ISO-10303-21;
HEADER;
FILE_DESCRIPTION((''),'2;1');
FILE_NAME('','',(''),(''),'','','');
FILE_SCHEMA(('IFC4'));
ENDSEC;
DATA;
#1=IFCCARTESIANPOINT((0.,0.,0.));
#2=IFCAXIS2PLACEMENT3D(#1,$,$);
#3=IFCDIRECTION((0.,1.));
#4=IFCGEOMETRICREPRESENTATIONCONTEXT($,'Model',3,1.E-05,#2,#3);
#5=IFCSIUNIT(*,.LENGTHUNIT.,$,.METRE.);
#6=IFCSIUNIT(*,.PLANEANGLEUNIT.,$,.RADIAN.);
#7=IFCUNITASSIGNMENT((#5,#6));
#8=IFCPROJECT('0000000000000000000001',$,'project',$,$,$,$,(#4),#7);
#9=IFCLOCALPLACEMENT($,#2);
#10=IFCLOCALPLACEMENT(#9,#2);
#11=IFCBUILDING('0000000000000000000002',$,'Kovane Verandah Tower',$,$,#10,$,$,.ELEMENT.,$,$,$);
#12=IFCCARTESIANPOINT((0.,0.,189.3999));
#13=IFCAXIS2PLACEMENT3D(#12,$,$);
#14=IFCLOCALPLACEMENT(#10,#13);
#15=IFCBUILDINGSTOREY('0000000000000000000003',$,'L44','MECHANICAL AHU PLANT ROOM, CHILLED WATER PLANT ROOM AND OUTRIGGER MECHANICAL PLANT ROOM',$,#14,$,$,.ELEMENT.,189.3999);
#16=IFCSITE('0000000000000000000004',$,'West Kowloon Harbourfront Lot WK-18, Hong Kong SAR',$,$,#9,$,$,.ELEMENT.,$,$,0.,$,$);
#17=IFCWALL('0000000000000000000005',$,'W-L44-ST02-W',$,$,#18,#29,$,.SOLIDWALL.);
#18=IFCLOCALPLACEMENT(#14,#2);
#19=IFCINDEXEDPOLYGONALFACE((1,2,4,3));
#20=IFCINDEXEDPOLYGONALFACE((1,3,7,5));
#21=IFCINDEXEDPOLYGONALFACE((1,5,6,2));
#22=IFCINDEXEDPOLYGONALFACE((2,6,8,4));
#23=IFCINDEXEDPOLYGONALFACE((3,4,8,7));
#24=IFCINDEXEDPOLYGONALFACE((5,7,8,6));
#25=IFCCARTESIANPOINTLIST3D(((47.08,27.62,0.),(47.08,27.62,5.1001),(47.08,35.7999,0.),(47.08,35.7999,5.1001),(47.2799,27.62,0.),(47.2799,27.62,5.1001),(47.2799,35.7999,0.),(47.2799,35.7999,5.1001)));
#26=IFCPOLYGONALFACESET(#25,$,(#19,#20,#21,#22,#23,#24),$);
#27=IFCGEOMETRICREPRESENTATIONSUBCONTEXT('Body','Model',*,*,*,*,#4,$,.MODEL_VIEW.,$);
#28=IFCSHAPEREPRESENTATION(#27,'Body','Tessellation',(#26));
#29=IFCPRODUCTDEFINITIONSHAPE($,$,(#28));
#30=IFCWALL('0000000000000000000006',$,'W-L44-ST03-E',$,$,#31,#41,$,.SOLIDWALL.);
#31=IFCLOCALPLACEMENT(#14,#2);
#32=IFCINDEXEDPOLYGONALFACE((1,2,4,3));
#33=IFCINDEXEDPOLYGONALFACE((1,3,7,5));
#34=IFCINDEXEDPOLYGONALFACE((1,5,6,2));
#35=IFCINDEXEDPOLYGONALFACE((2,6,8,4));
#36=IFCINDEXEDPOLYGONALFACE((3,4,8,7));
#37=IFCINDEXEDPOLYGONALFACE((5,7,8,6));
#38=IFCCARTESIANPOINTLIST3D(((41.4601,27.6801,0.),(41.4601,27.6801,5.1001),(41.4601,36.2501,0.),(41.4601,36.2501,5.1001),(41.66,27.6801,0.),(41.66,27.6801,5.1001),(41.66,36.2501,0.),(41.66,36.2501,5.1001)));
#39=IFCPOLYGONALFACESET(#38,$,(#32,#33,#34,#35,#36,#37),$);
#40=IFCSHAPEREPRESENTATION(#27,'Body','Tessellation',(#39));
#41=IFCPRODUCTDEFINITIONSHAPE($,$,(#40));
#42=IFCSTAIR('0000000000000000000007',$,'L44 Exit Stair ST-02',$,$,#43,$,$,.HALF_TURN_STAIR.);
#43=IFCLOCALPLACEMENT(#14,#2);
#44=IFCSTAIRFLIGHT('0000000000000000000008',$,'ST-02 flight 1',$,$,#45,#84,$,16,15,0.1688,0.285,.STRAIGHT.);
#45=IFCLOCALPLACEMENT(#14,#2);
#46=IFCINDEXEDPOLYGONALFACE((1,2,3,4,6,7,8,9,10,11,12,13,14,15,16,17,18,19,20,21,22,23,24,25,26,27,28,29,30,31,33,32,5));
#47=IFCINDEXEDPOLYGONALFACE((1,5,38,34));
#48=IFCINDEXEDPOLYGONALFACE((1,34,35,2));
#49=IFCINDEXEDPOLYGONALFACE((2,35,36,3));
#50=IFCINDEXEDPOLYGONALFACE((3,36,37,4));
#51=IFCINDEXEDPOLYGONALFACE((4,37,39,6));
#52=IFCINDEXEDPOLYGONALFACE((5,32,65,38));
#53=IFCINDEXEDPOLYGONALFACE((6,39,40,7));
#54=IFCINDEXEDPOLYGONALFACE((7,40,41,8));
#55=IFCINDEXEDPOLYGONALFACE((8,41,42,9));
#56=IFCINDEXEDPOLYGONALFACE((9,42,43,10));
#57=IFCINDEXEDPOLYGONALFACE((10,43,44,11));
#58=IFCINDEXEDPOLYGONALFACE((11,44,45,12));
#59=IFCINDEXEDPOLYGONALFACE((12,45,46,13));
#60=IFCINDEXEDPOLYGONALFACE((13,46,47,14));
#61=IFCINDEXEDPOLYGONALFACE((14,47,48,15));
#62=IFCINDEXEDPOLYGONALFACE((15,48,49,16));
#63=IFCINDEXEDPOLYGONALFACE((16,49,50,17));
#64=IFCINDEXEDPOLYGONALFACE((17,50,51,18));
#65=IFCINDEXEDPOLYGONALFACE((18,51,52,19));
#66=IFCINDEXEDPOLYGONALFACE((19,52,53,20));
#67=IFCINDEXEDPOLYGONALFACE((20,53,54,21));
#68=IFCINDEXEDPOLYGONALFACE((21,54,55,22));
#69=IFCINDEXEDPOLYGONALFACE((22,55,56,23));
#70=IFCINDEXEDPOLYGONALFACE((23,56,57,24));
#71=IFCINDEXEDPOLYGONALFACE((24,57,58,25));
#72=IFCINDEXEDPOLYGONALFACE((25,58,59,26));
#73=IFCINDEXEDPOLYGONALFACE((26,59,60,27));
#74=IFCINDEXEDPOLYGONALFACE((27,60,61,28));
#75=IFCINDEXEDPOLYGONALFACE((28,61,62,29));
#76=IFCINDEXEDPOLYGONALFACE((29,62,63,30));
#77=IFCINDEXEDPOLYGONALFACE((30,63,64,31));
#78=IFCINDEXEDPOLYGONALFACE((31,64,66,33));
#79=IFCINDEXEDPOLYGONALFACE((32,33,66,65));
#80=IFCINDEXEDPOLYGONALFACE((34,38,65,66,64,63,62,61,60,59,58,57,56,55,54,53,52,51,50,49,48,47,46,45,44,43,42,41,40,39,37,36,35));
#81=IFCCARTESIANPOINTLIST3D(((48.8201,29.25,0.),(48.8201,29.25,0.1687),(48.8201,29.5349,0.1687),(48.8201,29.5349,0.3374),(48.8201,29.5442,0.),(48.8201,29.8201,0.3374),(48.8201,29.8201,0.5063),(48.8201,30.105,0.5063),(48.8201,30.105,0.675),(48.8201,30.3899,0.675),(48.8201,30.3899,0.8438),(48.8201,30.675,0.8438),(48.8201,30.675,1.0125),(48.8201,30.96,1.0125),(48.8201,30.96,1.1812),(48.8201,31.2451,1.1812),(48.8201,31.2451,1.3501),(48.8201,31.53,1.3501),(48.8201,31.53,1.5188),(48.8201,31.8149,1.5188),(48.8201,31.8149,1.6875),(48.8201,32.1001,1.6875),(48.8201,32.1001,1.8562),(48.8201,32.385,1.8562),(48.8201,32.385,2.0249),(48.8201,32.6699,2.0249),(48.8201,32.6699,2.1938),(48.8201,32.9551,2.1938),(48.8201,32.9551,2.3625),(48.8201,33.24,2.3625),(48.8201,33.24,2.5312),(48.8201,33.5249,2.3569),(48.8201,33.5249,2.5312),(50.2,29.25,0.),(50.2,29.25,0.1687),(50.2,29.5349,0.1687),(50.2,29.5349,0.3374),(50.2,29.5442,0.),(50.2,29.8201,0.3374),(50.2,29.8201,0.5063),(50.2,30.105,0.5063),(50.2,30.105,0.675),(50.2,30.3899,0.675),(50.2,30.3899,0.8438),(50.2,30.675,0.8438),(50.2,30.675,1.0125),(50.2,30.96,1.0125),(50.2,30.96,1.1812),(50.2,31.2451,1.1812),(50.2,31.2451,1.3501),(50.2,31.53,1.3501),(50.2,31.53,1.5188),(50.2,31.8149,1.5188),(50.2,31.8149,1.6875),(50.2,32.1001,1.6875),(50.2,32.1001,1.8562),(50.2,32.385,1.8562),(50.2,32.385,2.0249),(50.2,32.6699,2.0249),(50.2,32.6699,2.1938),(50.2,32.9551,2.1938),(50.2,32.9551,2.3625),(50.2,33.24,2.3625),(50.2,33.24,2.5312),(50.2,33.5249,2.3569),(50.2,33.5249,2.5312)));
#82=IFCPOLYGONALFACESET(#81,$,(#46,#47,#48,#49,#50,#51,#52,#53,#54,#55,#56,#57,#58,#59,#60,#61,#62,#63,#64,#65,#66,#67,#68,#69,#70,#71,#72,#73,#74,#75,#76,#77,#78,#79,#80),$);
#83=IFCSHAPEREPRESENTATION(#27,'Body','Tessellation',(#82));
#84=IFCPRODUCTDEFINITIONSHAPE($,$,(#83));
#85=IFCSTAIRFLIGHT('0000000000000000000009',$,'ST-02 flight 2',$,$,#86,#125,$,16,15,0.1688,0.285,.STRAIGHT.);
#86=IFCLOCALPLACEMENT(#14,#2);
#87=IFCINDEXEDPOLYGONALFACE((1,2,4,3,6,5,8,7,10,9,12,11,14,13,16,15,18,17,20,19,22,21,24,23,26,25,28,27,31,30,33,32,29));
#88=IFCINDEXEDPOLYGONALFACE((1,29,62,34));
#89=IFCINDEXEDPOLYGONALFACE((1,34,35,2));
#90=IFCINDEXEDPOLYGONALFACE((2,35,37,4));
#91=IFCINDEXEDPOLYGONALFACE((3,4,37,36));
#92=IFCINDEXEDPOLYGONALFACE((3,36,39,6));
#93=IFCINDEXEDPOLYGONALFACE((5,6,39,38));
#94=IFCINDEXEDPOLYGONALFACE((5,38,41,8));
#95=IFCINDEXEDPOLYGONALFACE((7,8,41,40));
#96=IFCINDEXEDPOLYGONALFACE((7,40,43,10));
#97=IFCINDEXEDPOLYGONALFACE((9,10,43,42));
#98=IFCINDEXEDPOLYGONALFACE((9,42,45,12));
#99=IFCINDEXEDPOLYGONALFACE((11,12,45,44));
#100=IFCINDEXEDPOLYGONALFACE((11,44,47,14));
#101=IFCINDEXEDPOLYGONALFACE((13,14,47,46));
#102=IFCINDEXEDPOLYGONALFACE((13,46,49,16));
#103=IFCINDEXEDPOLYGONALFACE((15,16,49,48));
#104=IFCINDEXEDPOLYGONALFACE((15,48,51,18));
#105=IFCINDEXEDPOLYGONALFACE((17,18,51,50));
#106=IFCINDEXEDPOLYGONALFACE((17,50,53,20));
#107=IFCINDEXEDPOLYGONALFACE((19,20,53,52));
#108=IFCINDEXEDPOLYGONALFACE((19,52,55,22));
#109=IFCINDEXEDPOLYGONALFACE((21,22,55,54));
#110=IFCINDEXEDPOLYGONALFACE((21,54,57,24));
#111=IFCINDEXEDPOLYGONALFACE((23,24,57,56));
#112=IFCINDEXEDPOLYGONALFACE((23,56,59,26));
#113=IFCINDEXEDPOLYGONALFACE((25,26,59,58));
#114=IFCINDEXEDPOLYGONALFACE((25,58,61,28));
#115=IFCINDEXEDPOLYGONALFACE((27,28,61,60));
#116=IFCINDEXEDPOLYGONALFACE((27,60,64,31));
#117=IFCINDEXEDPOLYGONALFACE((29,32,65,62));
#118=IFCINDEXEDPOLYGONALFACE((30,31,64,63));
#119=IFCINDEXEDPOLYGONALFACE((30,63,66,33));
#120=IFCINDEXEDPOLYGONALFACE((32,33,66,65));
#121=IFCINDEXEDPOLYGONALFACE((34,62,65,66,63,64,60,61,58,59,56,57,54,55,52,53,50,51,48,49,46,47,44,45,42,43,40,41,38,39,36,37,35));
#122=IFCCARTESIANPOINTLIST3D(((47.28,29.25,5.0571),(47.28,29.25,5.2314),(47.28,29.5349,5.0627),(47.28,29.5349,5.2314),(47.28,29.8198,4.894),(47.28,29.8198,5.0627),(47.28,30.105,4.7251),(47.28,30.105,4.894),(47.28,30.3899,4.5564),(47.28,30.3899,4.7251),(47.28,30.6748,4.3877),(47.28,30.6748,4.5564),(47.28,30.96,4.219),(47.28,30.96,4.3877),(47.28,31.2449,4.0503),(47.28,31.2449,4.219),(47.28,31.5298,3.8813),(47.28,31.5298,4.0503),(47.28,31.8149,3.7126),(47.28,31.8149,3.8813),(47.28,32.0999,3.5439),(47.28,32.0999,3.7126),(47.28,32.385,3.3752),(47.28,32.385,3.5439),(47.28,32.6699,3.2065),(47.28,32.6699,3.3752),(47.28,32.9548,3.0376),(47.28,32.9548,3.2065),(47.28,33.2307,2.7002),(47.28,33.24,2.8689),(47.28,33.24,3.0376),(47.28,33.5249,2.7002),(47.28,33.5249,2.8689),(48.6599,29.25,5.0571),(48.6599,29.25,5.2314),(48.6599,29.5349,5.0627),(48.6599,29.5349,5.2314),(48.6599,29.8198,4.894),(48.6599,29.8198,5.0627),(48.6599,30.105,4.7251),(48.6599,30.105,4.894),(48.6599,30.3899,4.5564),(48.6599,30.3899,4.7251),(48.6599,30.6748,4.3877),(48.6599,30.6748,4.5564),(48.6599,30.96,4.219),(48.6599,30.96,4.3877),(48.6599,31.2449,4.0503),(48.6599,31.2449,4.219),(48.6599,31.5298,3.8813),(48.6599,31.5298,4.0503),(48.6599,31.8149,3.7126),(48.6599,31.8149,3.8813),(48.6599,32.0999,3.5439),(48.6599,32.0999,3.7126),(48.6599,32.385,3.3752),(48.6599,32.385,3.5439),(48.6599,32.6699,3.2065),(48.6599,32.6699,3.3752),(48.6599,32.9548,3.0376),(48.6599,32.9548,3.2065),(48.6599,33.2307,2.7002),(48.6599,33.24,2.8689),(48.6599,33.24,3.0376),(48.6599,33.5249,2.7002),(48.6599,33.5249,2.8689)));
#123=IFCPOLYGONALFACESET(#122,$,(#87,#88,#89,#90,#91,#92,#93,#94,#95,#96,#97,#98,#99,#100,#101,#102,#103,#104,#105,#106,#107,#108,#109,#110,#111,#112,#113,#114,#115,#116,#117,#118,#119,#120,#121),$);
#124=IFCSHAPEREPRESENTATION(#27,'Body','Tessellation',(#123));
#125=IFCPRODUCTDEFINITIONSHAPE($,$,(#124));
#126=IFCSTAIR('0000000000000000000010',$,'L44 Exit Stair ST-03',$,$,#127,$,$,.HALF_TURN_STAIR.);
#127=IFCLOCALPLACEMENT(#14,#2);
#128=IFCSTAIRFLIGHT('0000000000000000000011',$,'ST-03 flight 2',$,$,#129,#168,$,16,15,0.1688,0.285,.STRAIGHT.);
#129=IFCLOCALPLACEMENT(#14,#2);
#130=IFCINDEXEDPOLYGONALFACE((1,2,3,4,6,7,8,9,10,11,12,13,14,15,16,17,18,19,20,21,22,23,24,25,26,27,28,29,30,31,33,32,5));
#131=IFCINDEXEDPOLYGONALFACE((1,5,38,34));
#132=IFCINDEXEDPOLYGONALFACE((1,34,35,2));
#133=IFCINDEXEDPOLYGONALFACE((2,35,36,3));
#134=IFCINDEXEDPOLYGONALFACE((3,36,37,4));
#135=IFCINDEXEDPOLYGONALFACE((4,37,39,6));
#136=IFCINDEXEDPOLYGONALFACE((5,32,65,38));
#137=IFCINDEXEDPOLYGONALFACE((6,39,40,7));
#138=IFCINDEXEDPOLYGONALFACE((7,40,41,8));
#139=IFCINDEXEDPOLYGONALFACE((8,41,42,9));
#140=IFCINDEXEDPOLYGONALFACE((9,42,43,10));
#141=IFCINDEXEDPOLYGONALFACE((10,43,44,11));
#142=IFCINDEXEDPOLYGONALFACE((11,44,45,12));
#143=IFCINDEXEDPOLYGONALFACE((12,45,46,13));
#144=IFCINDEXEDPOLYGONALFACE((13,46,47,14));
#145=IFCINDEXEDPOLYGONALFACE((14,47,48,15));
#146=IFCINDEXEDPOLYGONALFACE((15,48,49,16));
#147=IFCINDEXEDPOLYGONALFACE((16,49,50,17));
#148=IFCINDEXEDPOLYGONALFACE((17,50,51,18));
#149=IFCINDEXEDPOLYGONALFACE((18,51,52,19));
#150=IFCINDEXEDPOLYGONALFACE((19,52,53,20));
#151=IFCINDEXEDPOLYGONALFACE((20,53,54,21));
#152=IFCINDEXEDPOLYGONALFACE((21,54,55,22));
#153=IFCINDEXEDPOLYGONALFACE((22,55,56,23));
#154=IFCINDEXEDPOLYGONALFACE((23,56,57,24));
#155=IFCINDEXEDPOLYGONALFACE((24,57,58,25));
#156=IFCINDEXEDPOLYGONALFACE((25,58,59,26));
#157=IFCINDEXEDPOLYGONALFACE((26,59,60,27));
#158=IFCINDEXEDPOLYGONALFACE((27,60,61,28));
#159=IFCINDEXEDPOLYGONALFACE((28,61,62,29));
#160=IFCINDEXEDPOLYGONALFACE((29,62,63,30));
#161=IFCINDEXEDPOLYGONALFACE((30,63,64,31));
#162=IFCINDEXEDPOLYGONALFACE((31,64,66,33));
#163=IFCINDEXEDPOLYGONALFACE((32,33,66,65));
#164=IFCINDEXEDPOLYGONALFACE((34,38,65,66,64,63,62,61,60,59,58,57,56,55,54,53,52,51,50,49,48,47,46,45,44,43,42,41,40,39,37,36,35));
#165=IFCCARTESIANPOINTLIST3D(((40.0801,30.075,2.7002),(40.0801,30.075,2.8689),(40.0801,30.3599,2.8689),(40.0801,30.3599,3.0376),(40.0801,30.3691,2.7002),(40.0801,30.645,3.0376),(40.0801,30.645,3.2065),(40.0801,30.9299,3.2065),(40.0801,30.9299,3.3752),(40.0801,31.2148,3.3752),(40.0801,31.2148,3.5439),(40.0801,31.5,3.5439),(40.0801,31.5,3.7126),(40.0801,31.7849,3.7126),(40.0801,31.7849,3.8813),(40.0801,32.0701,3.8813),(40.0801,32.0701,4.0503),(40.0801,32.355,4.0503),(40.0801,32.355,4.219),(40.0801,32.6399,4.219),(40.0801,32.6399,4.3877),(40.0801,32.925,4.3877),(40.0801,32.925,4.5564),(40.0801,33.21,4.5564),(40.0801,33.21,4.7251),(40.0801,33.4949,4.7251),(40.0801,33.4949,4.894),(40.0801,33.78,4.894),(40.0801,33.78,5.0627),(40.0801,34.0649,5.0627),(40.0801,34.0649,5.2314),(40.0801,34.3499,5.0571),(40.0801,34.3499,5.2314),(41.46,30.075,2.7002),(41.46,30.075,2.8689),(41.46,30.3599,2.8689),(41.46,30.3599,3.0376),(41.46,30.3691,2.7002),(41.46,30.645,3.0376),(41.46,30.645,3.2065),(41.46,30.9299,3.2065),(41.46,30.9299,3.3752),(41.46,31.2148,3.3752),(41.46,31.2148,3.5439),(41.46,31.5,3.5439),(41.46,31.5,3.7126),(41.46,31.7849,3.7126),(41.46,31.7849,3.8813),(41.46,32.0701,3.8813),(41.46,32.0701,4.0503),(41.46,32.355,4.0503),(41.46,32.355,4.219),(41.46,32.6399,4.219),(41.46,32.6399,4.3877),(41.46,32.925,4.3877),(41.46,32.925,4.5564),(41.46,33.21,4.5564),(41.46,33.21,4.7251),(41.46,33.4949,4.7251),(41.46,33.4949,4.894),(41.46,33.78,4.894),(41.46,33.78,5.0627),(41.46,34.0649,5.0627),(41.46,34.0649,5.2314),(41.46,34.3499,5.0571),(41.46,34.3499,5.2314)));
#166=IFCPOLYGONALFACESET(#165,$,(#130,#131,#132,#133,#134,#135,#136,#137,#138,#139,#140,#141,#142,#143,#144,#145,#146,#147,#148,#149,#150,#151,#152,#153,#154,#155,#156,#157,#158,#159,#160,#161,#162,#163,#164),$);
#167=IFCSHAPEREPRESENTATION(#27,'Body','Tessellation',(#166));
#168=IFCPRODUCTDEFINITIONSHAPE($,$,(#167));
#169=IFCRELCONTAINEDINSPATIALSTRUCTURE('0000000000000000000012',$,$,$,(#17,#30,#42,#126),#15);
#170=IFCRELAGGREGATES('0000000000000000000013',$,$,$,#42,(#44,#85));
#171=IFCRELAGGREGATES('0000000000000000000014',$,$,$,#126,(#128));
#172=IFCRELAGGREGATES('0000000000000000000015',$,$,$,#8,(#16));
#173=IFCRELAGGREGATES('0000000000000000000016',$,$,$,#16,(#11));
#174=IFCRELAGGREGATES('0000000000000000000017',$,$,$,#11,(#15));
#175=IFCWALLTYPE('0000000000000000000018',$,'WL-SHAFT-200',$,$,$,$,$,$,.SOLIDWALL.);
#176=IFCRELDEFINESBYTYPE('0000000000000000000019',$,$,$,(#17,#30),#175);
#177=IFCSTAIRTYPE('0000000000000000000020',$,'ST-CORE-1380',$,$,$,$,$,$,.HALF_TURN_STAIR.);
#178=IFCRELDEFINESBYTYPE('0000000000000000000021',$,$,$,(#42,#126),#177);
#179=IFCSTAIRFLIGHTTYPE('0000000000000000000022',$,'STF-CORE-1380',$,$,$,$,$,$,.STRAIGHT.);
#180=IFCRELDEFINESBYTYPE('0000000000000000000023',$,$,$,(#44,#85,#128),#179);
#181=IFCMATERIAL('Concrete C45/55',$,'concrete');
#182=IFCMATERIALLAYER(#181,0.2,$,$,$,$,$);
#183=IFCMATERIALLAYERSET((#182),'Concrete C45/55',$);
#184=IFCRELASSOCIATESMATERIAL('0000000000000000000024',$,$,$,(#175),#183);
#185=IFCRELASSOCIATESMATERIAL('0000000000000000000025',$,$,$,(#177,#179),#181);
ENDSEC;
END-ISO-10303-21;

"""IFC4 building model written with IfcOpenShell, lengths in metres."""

from ifc_helpers import new_model, si_unit, direction, frame, frame_2d, origin, place, context, subcontext, project, spatial, polyline, rectangle, outline, extrude, material, layer, layer_set, type_object, element, aggregate, save


model = new_model("IFC4")

# Units and contexts
model_context = context("Model", 3, precision=1e-05, world=origin(), true_north=direction((0.0, 1.0)))
body_context = subcontext(model_context, "Body", "Model", "MODEL_VIEW")
ifc_project = project(units=[si_unit("LENGTHUNIT", "METRE"), si_unit("PLANEANGLEUNIT", "RADIAN")], contexts=[model_context])

# Site, building, storey
site_placement = place(None, origin())
site = spatial("IfcSite", under=ifc_project, at=site_placement, Name="West Kowloon Harbourfront Lot WK-18, Hong Kong SAR", CompositionType="ELEMENT", RefElevation=0.0)
building_placement = place(site_placement, origin())
building = spatial("IfcBuilding", under=site, at=building_placement, Name="Kovane Verandah Tower", CompositionType="ELEMENT")
storey_placement = place(building_placement, frame((0.0, 0.0, 189.3999)))
storey = spatial("IfcBuildingStorey", under=building, at=storey_placement, Name="L44", Description="MECHANICAL AHU PLANT ROOM, CHILLED WATER PLANT ROOM AND OUTRIGGER MECHANICAL PLANT ROOM", CompositionType="ELEMENT", Elevation=189.3999)

# Wall
ifc_material_1 = material(Name="Concrete C45/55", Category="concrete")
ifc_layer_1 = layer(ifc_material_1, 0.2)
ifc_layer_set_1 = layer_set([ifc_layer_1], Name="Concrete C45/55")
wall_type_1 = type_object("IfcWallType", Name="WL-SHAFT-200", PredefinedType="SOLIDWALL", material=ifc_layer_set_1)
wall_1_placement = place(storey_placement, frame((47.1799, 27.6201, 0.0), z_axis=(0.0, 0.0, 1.0), x_axis=(0.0, 1.0, 0.0)))
element("IfcWall", 1, at=wall_1_placement, inside=storey, type_object=wall_type_1, Name="W-L44-ST02-W", PredefinedType="SOLIDWALL", context=body_context, shape_type="SweptSolid", body=[
    extrude(rectangle(XDim=8.1799, YDim=0.2, at=frame_2d((4.0898, 0.0))), origin(), (0.0, 0.0, 1.0), 5.1001),
])

# Wall
wall_2_placement = place(storey_placement, frame((41.5601, 27.6799, 0.0), z_axis=(0.0, 0.0, 1.0), x_axis=(0.0, 1.0, 0.0)))
element("IfcWall", 2, at=wall_2_placement, inside=storey, type_object=wall_type_1, Name="W-L44-ST03-E", PredefinedType="SOLIDWALL", context=body_context, shape_type="SweptSolid", body=[
    extrude(rectangle(XDim=8.5701, YDim=0.2, at=frame_2d((4.2852, 0.0))), origin(), (0.0, 0.0, 1.0), 5.1001),
])

# Stair, stair flights
stair_type = type_object("IfcStairType", Name="ST-CORE-1380", PredefinedType="HALF_TURN_STAIR", material=ifc_material_1)
stair_1_placement = place(storey_placement, origin())
stair_1 = element("IfcStair", 3, at=stair_1_placement, inside=storey, type_object=stair_type, Name="L44 Exit Stair ST-02", PredefinedType="HALF_TURN_STAIR")
stair_flight_type = type_object("IfcStairFlightType", Name="STF-CORE-1380", PredefinedType="STRAIGHT", material=ifc_material_1)
stair_flight_1_placement = place(storey_placement, frame((49.51, 29.25, 0.0), z_axis=(0.0, 0.0, 1.0), x_axis=(0.0, 1.0, 0.0)))
stair_flight_1 = element("IfcStairFlight", 4, at=stair_flight_1_placement, type_object=stair_flight_type, Name="ST-02 flight 1", NumberOfRisers=16, NumberOfTreads=15, PredefinedType="STRAIGHT", RiserHeight=0.1688, TreadLength=0.285, context=body_context, shape_type="SweptSolid", body=[
    extrude(outline(polyline([(0.0, 0.0), (0.0, 0.1687), (0.2849, 0.1687), (0.2849, 0.3374), (0.5701, 0.3374), (0.5701, 0.5063), (0.855, 0.5063), (0.855, 0.675), (1.1399, 0.675), (1.1399, 0.8438), (1.425, 0.8438), (1.425, 1.0125), (1.71, 1.0125), (1.71, 1.1812), (1.9951, 1.1812), (1.9951, 1.3501), (2.28, 1.3501), (2.28, 1.5188), (2.5649, 1.5188), (2.5649, 1.6875), (2.8501, 1.6875), (2.8501, 1.8562), (3.135, 1.8562), (3.135, 2.0249), (3.4199, 2.0249), (3.4199, 2.1938), (3.7051, 2.1938), (3.7051, 2.3625), (3.99, 2.3625), (3.99, 2.5312), (4.2749, 2.5312), (4.2749, 2.7), (4.2749, 2.3569), (0.2942, 0.0), (0.0, 0.0)])), frame((0.0, 0.6899, 0.0), z_axis=(0.0, -1.0, 0.0), x_axis=(1.0, 0.0, 0.0)), (0.0, 0.0, 1.0), 1.3799),
])
stair_flight_2_placement = place(storey_placement, frame((47.97, 33.5249, 2.7002), z_axis=(0.0, 0.0, 1.0), x_axis=(0.0, -1.0, 0.0)))
stair_flight_2 = element("IfcStairFlight", 5, at=stair_flight_2_placement, type_object=stair_flight_type, Name="ST-02 flight 2", NumberOfRisers=16, NumberOfTreads=15, PredefinedType="STRAIGHT", RiserHeight=0.1688, TreadLength=0.285, context=body_context, shape_type="SweptSolid", body=[
    extrude(outline(polyline([(0.0, 0.0), (0.0, 0.1687), (0.2849, 0.1687), (0.2849, 0.3374), (0.5701, 0.3374), (0.5701, 0.5063), (0.855, 0.5063), (0.855, 0.675), (1.1399, 0.675), (1.1399, 0.8438), (1.425, 0.8438), (1.425, 1.0125), (1.71, 1.0125), (1.71, 1.1812), (1.9951, 1.1812), (1.9951, 1.3501), (2.28, 1.3501), (2.28, 1.5188), (2.5649, 1.5188), (2.5649, 1.6875), (2.8501, 1.6875), (2.8501, 1.8562), (3.135, 1.8562), (3.135, 2.0249), (3.4199, 2.0249), (3.4199, 2.1938), (3.7051, 2.1938), (3.7051, 2.3625), (3.99, 2.3625), (3.99, 2.5312), (4.2749, 2.5312), (4.2749, 2.7), (4.2749, 2.3569), (0.2942, 0.0), (0.0, 0.0)])), frame((0.0, 0.6899, 0.0), z_axis=(0.0, -1.0, 0.0), x_axis=(1.0, 0.0, 0.0)), (0.0, 0.0, 1.0), 1.3799),
])
aggregate(stair_1, [stair_flight_1, stair_flight_2])

# Stair, stair flight
stair_2_placement = place(storey_placement, origin())
stair_2 = element("IfcStair", 6, at=stair_2_placement, inside=storey, type_object=stair_type, Name="L44 Exit Stair ST-03", PredefinedType="HALF_TURN_STAIR")
stair_flight_3_placement = place(storey_placement, frame((40.77, 30.075, 2.7002), z_axis=(0.0, 0.0, 1.0), x_axis=(0.0, 1.0, 0.0)))
stair_flight_3 = element("IfcStairFlight", 7, at=stair_flight_3_placement, type_object=stair_flight_type, Name="ST-03 flight 2", NumberOfRisers=16, NumberOfTreads=15, PredefinedType="STRAIGHT", RiserHeight=0.1688, TreadLength=0.285, context=body_context, shape_type="SweptSolid", body=[
    extrude(outline(polyline([(0.0, 0.0), (0.0, 0.1687), (0.2849, 0.1687), (0.2849, 0.3374), (0.5701, 0.3374), (0.5701, 0.5063), (0.855, 0.5063), (0.855, 0.675), (1.1399, 0.675), (1.1399, 0.8438), (1.425, 0.8438), (1.425, 1.0125), (1.71, 1.0125), (1.71, 1.1812), (1.9951, 1.1812), (1.9951, 1.3501), (2.28, 1.3501), (2.28, 1.5188), (2.5649, 1.5188), (2.5649, 1.6875), (2.8501, 1.6875), (2.8501, 1.8562), (3.135, 1.8562), (3.135, 2.0249), (3.4199, 2.0249), (3.4199, 2.1938), (3.7051, 2.1938), (3.7051, 2.3625), (3.99, 2.3625), (3.99, 2.5312), (4.2749, 2.5312), (4.2749, 2.7), (4.2749, 2.3569), (0.2942, 0.0), (0.0, 0.0)])), frame((0.0, 0.6899, 0.0), z_axis=(0.0, -1.0, 0.0), x_axis=(1.0, 0.0, 0.0)), (0.0, 0.0, 1.0), 1.3799),
])
aggregate(stair_2, [stair_flight_3])

save(model, "model.ifc")
